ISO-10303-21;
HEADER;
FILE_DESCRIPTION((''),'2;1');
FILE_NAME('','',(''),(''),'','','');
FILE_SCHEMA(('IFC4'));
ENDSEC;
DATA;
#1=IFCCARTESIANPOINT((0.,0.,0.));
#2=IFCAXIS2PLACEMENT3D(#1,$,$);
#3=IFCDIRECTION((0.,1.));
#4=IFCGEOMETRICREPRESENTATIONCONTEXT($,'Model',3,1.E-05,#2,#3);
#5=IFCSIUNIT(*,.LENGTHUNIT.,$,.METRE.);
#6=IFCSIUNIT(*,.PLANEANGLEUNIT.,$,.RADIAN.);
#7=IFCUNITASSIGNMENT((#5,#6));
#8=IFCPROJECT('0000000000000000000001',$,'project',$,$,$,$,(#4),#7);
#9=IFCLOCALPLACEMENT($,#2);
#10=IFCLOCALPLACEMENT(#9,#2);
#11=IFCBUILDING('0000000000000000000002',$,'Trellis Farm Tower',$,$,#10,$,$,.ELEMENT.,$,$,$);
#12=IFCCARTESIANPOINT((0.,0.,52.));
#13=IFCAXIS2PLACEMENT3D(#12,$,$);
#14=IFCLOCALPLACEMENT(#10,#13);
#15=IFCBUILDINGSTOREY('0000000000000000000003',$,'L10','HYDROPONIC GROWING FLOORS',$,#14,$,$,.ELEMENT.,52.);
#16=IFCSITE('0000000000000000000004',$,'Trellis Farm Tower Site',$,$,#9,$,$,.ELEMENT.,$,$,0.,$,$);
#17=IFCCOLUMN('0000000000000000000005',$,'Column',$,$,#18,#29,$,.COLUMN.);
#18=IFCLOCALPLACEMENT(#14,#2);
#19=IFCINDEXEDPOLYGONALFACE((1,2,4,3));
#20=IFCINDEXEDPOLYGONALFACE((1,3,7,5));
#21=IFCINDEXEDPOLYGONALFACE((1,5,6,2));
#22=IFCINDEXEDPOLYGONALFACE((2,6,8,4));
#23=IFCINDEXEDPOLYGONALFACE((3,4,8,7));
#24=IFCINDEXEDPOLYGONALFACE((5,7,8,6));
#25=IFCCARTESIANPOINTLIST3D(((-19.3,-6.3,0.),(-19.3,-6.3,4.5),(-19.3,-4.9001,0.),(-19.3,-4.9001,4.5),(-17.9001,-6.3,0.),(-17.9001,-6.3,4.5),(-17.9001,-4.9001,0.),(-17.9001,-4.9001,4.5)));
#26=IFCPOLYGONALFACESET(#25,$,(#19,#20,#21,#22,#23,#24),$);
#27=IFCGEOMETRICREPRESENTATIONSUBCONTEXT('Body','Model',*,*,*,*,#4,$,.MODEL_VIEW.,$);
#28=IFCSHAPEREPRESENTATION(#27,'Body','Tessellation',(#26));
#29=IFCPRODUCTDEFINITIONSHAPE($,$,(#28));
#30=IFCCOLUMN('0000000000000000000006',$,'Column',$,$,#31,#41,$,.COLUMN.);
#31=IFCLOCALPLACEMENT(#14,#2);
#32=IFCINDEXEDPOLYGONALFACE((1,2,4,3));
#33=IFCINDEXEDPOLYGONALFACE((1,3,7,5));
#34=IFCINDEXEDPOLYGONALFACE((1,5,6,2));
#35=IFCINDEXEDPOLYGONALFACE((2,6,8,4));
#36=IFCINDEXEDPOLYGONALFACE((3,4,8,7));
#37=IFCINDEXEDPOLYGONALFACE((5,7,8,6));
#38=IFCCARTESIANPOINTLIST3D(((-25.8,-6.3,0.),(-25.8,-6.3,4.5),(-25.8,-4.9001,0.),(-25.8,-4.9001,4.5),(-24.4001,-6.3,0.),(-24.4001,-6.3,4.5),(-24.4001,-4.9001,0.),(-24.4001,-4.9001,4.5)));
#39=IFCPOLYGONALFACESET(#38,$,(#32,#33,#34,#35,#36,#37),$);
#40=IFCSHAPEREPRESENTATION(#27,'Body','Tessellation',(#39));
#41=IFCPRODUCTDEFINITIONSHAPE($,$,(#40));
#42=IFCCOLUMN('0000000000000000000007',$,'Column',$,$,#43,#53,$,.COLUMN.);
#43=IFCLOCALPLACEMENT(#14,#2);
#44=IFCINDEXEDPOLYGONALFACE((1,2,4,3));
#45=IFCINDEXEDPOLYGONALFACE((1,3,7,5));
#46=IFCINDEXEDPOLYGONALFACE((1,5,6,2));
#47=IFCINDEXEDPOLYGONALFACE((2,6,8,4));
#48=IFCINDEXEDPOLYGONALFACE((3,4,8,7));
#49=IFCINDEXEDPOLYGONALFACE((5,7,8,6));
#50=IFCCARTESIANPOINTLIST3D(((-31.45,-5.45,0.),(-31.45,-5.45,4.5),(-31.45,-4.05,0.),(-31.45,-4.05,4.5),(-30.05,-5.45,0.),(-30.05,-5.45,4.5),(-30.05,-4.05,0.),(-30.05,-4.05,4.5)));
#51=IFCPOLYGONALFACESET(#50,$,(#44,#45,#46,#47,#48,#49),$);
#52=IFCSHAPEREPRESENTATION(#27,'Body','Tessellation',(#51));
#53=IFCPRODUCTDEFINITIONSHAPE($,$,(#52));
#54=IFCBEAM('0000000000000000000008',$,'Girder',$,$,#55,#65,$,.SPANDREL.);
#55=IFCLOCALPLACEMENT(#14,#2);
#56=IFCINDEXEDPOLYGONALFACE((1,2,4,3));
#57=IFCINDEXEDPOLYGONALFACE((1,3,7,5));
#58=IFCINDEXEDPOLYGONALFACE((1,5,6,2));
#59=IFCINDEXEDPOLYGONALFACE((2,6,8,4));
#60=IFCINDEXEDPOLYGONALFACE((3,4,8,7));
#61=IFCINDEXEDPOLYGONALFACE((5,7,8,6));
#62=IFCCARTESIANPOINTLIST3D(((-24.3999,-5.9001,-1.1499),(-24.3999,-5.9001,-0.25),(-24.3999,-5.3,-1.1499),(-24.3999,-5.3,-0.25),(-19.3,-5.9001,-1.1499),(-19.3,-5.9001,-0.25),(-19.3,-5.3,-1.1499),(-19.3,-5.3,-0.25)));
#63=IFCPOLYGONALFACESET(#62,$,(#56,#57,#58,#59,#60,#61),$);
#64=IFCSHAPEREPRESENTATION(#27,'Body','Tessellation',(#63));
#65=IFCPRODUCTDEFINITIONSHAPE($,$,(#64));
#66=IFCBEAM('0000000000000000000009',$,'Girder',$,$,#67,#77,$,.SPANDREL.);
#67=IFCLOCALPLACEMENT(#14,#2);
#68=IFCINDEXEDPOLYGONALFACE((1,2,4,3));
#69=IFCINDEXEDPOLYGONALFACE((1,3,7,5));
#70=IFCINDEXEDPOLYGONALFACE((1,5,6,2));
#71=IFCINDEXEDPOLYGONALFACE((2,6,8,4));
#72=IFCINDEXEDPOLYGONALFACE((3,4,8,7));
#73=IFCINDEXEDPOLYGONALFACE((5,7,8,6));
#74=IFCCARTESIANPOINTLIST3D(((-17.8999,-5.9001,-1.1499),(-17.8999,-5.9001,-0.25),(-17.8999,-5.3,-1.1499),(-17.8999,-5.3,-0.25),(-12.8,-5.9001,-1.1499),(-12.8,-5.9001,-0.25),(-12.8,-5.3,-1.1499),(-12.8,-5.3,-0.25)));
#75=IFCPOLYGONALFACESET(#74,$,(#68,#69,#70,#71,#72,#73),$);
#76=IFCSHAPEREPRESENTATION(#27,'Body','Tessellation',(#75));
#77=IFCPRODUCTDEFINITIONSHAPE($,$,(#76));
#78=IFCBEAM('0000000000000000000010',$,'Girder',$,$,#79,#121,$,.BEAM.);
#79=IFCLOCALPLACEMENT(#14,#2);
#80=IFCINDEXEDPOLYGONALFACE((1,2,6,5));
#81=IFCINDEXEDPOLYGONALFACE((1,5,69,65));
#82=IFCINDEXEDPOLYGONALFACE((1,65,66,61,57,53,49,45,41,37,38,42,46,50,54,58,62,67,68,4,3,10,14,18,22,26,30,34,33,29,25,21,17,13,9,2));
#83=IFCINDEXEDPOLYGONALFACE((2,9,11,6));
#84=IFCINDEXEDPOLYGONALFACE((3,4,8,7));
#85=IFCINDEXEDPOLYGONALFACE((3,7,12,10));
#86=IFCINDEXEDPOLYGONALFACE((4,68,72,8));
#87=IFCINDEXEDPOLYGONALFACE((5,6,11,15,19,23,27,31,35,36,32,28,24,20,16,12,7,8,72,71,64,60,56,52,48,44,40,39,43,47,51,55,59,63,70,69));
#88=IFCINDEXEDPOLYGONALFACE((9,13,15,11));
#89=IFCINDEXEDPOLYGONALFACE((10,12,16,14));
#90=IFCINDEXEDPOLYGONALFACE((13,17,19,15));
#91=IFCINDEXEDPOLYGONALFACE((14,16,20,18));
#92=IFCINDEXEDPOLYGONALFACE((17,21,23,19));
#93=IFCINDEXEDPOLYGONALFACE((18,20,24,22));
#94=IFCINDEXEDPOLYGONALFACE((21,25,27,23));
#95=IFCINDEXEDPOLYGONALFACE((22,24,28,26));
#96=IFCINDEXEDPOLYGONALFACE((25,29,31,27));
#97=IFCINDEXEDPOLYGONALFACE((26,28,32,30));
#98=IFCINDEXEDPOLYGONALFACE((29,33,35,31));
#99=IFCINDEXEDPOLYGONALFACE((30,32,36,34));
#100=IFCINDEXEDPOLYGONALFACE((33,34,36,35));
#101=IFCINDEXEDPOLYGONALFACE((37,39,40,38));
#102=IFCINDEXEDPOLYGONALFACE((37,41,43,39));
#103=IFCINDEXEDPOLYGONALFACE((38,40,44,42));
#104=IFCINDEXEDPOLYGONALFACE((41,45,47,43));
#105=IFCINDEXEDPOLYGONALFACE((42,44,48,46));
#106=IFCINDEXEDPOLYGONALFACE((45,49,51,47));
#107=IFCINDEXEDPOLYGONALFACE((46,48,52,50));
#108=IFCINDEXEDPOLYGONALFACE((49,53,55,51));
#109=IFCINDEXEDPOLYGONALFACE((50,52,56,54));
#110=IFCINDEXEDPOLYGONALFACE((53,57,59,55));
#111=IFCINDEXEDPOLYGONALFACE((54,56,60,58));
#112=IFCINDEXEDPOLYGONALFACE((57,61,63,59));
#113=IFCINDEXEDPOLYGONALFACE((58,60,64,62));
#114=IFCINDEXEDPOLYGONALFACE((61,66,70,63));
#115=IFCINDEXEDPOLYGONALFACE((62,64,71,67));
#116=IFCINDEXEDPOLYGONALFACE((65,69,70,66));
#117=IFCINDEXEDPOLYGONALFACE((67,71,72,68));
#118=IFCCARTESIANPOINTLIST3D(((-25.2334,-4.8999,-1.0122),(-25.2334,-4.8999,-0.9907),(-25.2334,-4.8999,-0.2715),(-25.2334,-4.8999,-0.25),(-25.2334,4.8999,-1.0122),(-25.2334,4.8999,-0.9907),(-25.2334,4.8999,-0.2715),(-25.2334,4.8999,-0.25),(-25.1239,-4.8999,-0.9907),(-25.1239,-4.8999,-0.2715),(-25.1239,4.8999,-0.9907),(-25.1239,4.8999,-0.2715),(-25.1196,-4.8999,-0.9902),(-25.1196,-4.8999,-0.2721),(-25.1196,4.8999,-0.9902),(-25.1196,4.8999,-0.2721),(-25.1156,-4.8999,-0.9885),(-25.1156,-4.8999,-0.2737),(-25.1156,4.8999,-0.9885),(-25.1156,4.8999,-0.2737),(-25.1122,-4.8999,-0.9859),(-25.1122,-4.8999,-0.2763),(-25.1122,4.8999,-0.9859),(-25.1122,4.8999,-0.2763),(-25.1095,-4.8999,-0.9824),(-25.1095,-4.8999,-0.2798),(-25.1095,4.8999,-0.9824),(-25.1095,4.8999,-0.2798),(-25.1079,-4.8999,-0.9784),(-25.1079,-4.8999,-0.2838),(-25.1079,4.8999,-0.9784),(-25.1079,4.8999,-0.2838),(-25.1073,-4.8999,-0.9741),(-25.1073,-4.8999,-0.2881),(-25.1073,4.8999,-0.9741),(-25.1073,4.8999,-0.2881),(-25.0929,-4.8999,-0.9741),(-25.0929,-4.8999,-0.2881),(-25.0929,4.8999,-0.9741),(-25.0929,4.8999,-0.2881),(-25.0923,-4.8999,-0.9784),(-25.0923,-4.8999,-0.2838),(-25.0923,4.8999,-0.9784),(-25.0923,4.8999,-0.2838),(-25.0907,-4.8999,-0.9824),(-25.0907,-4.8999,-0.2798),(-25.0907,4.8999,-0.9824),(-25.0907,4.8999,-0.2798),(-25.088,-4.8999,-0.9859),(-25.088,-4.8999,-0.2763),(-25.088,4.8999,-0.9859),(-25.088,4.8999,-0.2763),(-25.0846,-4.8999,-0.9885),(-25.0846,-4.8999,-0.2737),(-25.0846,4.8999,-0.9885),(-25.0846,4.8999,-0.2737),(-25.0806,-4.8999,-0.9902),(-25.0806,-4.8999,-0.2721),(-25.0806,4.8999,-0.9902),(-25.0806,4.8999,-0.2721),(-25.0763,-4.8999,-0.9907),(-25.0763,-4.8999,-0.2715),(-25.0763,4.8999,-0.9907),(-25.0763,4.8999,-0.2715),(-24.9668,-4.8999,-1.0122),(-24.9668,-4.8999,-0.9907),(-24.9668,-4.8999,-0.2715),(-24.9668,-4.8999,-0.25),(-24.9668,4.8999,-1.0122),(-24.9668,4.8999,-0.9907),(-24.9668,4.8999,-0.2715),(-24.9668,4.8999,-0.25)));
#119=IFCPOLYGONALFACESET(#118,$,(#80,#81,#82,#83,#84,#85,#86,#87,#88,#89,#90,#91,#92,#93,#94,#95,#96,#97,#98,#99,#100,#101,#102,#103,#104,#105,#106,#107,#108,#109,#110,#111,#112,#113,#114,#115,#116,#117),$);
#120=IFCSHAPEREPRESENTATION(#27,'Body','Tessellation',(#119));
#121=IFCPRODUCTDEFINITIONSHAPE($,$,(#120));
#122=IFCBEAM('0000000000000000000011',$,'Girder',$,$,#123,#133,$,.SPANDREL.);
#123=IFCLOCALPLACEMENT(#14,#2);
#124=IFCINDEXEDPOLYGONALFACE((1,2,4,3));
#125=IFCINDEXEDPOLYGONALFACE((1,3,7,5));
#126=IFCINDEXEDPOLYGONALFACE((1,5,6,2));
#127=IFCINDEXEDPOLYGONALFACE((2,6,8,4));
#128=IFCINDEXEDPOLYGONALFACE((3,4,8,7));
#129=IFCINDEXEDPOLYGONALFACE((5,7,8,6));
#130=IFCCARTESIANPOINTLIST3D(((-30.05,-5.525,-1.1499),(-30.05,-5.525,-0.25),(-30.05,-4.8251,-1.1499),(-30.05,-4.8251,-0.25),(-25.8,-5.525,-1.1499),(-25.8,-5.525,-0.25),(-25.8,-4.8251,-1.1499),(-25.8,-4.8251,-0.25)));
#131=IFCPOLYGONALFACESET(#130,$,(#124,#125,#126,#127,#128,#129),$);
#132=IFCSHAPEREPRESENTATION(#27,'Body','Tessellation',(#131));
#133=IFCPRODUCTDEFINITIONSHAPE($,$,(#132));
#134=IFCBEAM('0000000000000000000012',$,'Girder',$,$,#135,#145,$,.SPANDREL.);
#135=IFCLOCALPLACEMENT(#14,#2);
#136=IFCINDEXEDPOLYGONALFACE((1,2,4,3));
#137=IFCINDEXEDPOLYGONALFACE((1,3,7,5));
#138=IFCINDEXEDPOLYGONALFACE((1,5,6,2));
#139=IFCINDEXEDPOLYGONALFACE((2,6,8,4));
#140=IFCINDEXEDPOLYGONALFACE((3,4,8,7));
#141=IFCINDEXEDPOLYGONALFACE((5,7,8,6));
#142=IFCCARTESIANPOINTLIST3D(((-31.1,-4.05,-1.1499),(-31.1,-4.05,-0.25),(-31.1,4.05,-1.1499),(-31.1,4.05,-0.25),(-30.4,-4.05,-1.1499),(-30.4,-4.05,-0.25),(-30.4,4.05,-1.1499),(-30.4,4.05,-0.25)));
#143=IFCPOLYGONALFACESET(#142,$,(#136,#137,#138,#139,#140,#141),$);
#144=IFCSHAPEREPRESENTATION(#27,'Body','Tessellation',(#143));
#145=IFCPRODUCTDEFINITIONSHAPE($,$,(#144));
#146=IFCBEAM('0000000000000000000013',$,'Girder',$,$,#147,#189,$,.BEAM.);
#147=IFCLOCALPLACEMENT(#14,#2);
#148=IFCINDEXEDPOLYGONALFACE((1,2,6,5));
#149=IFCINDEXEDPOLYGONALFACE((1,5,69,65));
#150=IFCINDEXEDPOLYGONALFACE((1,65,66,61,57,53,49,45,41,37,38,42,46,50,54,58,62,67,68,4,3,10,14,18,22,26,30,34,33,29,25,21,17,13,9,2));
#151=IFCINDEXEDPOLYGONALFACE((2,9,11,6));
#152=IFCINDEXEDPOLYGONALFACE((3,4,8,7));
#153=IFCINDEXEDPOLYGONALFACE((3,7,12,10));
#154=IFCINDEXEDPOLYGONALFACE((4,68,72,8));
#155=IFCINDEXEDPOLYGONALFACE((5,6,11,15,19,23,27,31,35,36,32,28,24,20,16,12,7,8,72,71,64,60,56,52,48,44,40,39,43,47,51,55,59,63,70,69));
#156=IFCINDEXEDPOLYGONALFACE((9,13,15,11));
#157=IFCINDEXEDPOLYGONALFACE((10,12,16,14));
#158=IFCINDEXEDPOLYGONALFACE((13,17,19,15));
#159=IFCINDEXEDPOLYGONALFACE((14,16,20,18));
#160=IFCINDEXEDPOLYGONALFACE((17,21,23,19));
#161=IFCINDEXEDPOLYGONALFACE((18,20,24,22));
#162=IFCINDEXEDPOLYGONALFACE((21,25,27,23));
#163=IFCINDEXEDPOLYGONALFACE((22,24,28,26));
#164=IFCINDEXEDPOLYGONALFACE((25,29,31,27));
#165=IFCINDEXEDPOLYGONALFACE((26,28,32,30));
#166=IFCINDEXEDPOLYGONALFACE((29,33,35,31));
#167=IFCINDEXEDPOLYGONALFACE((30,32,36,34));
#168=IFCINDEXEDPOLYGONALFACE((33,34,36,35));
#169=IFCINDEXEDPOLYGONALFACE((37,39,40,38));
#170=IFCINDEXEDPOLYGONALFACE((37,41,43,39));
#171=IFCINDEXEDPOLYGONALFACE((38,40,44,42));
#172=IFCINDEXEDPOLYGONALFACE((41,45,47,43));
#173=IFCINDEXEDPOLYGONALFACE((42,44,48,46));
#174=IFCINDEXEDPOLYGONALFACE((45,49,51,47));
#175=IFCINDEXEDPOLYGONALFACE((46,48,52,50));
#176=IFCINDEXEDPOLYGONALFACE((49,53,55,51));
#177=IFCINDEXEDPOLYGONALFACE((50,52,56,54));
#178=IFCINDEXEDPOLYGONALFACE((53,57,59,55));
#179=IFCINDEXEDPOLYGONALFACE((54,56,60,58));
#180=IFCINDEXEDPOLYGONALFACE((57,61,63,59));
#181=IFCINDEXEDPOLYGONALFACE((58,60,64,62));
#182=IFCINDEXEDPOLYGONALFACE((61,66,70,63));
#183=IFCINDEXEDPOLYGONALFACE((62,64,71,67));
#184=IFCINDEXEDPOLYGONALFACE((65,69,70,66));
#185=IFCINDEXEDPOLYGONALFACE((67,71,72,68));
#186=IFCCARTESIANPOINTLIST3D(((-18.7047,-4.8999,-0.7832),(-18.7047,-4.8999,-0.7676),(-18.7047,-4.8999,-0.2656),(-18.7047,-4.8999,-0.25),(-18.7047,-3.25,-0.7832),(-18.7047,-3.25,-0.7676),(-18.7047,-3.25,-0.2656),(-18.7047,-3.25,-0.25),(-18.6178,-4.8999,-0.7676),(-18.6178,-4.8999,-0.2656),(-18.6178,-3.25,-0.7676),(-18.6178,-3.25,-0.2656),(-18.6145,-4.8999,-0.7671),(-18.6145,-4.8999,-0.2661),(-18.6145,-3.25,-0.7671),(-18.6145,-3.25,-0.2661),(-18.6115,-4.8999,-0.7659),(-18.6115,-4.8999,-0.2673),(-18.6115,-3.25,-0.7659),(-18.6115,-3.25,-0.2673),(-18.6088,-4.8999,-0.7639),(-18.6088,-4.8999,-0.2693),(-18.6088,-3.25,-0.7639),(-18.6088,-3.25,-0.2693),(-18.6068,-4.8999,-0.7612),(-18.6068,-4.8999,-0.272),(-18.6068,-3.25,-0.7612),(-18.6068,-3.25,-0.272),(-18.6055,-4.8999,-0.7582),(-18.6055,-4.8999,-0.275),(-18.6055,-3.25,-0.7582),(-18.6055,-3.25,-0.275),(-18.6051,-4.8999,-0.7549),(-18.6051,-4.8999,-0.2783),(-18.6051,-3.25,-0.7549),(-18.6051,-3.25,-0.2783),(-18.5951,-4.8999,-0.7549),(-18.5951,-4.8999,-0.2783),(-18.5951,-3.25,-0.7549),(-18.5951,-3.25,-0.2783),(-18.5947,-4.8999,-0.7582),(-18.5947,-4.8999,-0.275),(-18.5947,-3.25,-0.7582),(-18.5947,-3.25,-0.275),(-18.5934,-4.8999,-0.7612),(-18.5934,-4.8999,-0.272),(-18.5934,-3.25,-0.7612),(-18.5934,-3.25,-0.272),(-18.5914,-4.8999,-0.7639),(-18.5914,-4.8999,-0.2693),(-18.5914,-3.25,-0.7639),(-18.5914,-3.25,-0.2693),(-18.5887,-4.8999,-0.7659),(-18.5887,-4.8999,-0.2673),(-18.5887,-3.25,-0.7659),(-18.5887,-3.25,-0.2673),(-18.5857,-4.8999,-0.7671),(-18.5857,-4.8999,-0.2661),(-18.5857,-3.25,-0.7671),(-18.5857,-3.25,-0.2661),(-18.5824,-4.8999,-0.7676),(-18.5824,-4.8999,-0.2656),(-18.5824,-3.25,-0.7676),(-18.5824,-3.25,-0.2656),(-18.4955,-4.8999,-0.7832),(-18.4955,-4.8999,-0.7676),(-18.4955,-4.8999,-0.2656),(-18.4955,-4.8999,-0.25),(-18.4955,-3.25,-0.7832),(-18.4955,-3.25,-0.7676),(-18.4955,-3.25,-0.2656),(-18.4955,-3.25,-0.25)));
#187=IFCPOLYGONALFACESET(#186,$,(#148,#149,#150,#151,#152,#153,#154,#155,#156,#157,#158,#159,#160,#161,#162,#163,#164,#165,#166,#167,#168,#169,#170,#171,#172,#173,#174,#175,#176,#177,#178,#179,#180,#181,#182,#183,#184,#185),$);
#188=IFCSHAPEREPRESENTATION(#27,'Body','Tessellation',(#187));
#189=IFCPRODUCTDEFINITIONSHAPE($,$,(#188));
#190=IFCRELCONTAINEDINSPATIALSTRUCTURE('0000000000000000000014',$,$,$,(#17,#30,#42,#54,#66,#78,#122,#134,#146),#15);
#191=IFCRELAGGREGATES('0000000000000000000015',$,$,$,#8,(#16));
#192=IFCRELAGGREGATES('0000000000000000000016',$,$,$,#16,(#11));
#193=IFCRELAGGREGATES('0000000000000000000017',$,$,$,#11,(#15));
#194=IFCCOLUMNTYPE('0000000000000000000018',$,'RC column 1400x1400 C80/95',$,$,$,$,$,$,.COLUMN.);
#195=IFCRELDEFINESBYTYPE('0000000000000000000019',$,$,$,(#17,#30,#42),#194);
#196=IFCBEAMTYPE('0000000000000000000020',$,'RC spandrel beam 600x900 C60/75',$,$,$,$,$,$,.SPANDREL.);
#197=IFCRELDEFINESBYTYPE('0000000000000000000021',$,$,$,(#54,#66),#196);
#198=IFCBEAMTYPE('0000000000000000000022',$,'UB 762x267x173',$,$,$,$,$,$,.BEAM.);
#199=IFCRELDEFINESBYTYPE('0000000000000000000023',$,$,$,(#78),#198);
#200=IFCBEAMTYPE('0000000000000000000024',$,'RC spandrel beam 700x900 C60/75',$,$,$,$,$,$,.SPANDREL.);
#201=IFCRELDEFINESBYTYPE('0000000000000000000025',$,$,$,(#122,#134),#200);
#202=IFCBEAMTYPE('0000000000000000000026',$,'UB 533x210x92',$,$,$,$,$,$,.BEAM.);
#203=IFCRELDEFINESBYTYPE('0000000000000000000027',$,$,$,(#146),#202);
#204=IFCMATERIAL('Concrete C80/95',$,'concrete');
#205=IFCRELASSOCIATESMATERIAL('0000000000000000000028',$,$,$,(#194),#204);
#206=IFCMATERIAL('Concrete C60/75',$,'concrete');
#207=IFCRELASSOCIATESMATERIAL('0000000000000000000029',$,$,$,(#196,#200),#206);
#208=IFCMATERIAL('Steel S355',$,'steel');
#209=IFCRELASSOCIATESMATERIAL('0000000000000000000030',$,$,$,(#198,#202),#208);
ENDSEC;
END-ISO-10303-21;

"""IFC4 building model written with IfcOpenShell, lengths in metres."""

from ifc_helpers import new_model, si_unit, direction, frame, origin, origin_2d, place, context, subcontext, project, spatial, rectangle, i_section, extrude, source, transform, mapped, material, material_profile, profile_set, type_object, element, save


model = new_model("IFC4")

# Units and contexts
model_context = context("Model", 3, precision=1e-05, world=origin(), true_north=direction((0.0, 1.0)))
body_context = subcontext(model_context, "Body", "Model", "MODEL_VIEW")
ifc_project = project(units=[si_unit("LENGTHUNIT", "METRE"), si_unit("PLANEANGLEUNIT", "RADIAN")], contexts=[model_context])

# Site, building, storey
site_placement = place(None, origin())
site = spatial("IfcSite", under=ifc_project, at=site_placement, Name="Trellis Farm Tower Site", CompositionType="ELEMENT", RefElevation=0.0)
building_placement = place(site_placement, origin())
building = spatial("IfcBuilding", under=site, at=building_placement, Name="Trellis Farm Tower", CompositionType="ELEMENT")
storey_placement = place(building_placement, frame((0.0, 0.0, 52.0)))
storey = spatial("IfcBuildingStorey", under=building, at=storey_placement, Name="L10", Description="HYDROPONIC GROWING FLOORS", CompositionType="ELEMENT", Elevation=52.0)

# Columns
ifc_material_1 = material(Name="Concrete C80/95", Category="concrete")
ifc_material_profile_1 = material_profile(ifc_material_1, rectangle(XDim=1.3999, YDim=1.3999, at=origin_2d()), Name="RC column 1400x1400 C80/95")
ifc_profile_set_1 = profile_set([ifc_material_profile_1], Name="Concrete C80/95")
column_type = type_object("IfcColumnType", Name="RC column 1400x1400 C80/95", PredefinedType="COLUMN", material=ifc_profile_set_1)
shared_shape_1 = source(origin(), body_context, "Body", "SweptSolid", [
    extrude(rectangle(XDim=1.3999, YDim=1.3999, at=origin_2d()), origin(), (0.0, 0.0, 1.0), 4.5),
])
for number, where, z_axis, x_axis, name in (
    (1, (-18.6001, -5.6001, 0.0), (0.0, 0.0, 1.0), (1.0, 0.0, 0.0), "Column"),
    (2, (-25.1001, -5.6001, 0.0), (0.0, 0.0, 1.0), (1.0, 0.0, 0.0), "Column"),
    (3, (-30.75, -4.75, 0.0), (0.0, 0.0, 1.0), (1.0, 0.0, 0.0), "Column"),
):
    element("IfcColumn", number, at=place(storey_placement, frame(where, z_axis=z_axis, x_axis=x_axis)), inside=storey, type_object=column_type, Name=name, PredefinedType="COLUMN", context=body_context, shape_type="MappedRepresentation", body=[
        mapped(shared_shape_1, transform((0.0, 0.0, 0.0))),
    ])

# Beams
ifc_material_2 = material(Name="Concrete C60/75", Category="concrete")
ifc_material_profile_2 = material_profile(ifc_material_2, rectangle(XDim=0.6001, YDim=0.8999, at=origin_2d()), Name="RC spandrel beam 600x900 C60/75")
ifc_profile_set_2 = profile_set([ifc_material_profile_2], Name="Concrete C60/75")
beam_type_1 = type_object("IfcBeamType", Name="RC spandrel beam 600x900 C60/75", PredefinedType="SPANDREL", material=ifc_profile_set_2)
shared_shape_2 = source(origin(), body_context, "Body", "SweptSolid", [
    extrude(rectangle(XDim=0.6001, YDim=0.8999, at=origin_2d()), origin(), (0.0, 0.0, 1.0), 5.0999),
])
for number, where, z_axis, x_axis, name in (
    (4, (-24.3999, -5.6001, -0.7), (1.0, 0.0, 0.0), (0.0, 1.0, 0.0), "Girder"),
    (5, (-17.8999, -5.6001, -0.7), (1.0, 0.0, 0.0), (0.0, 1.0, 0.0), "Girder"),
):
    element("IfcBeam", number, at=place(storey_placement, frame(where, z_axis=z_axis, x_axis=x_axis)), inside=storey, type_object=beam_type_1, Name=name, PredefinedType="SPANDREL", context=body_context, shape_type="MappedRepresentation", body=[
        mapped(shared_shape_2, transform((0.0, 0.0, 0.0))),
    ])
ifc_material_3 = material(Name="Steel S355", Category="steel")
ifc_material_profile_3 = material_profile(ifc_material_3, i_section(OverallWidth=0.2666, OverallDepth=0.7622, WebThickness=0.0144, FlangeThickness=0.0215, FilletRadius=0.0166, at=origin_2d()), Name="UB 762x267x173")
ifc_profile_set_3 = profile_set([ifc_material_profile_3], Name="Steel S355")
beam_type_2 = type_object("IfcBeamType", Name="UB 762x267x173", PredefinedType="BEAM", material=ifc_profile_set_3)
shared_shape_3 = source(origin(), body_context, "Body", "SweptSolid", [
    extrude(i_section(OverallWidth=0.2666, OverallDepth=0.7622, WebThickness=0.0144, FlangeThickness=0.0215, FilletRadius=0.0166, at=origin_2d()), origin(), (0.0, 0.0, 1.0), 9.7998),
])
beam_1_placement = place(storey_placement, frame((-25.1001, -4.8999, -0.6311), z_axis=(0.0, 1.0, 0.0), x_axis=(-1.0, 0.0, 0.0)))
element("IfcBeam", 6, at=beam_1_placement, inside=storey, type_object=beam_type_2, Name="Girder", PredefinedType="BEAM", context=body_context, shape_type="MappedRepresentation", body=[
    mapped(shared_shape_3, transform((0.0, 0.0, 0.0))),
])
ifc_material_profile_4 = material_profile(ifc_material_2, rectangle(XDim=0.7, YDim=0.8999, at=origin_2d()), Name="RC spandrel beam 700x900 C60/75")
ifc_profile_set_4 = profile_set([ifc_material_profile_4], Name="Concrete C60/75")
beam_type_3 = type_object("IfcBeamType", Name="RC spandrel beam 700x900 C60/75", PredefinedType="SPANDREL", material=ifc_profile_set_4)
shared_shape_4 = source(origin(), body_context, "Body", "SweptSolid", [
    extrude(rectangle(XDim=0.7, YDim=0.8999, at=origin_2d()), origin(), (0.0, 0.0, 1.0), 4.25),
])
beam_2_placement = place(storey_placement, frame((-30.05, -5.175, -0.7), z_axis=(1.0, 0.0, 0.0), x_axis=(0.0, 1.0, 0.0)))
element("IfcBeam", 7, at=beam_2_placement, inside=storey, type_object=beam_type_3, Name="Girder", PredefinedType="SPANDREL", context=body_context, shape_type="MappedRepresentation", body=[
    mapped(shared_shape_4, transform((0.0, 0.0, 0.0))),
])
shared_shape_5 = source(origin(), body_context, "Body", "SweptSolid", [
    extrude(rectangle(XDim=0.7, YDim=0.8999, at=origin_2d()), origin(), (0.0, 0.0, 1.0), 8.1001),
])
beam_3_placement = place(storey_placement, frame((-30.75, -4.05, -0.7), z_axis=(0.0, 1.0, 0.0), x_axis=(-1.0, 0.0, 0.0)))
element("IfcBeam", 8, at=beam_3_placement, inside=storey, type_object=beam_type_3, Name="Girder", PredefinedType="SPANDREL", context=body_context, shape_type="MappedRepresentation", body=[
    mapped(shared_shape_5, transform((0.0, 0.0, 0.0))),
])
ifc_material_profile_5 = material_profile(ifc_material_3, i_section(OverallWidth=0.2092, OverallDepth=0.5332, WebThickness=0.01, FlangeThickness=0.0156, FilletRadius=0.0127, at=origin_2d()), Name="UB 533x210x92")
ifc_profile_set_5 = profile_set([ifc_material_profile_5], Name="Steel S355")
beam_type_4 = type_object("IfcBeamType", Name="UB 533x210x92", PredefinedType="BEAM", material=ifc_profile_set_5)
shared_shape_6 = source(origin(), body_context, "Body", "SweptSolid", [
    extrude(i_section(OverallWidth=0.2092, OverallDepth=0.5332, WebThickness=0.01, FlangeThickness=0.0156, FilletRadius=0.0127, at=origin_2d()), origin(), (0.0, 0.0, 1.0), 1.6499),
])
beam_4_placement = place(storey_placement, frame((-18.6001, -4.8999, -0.5166), z_axis=(0.0, 1.0, 0.0), x_axis=(-1.0, 0.0, 0.0)))
element("IfcBeam", 9, at=beam_4_placement, inside=storey, type_object=beam_type_4, Name="Girder", PredefinedType="BEAM", context=body_context, shape_type="MappedRepresentation", body=[
    mapped(shared_shape_6, transform((0.0, 0.0, 0.0))),
])

save(model, "model.ifc")
